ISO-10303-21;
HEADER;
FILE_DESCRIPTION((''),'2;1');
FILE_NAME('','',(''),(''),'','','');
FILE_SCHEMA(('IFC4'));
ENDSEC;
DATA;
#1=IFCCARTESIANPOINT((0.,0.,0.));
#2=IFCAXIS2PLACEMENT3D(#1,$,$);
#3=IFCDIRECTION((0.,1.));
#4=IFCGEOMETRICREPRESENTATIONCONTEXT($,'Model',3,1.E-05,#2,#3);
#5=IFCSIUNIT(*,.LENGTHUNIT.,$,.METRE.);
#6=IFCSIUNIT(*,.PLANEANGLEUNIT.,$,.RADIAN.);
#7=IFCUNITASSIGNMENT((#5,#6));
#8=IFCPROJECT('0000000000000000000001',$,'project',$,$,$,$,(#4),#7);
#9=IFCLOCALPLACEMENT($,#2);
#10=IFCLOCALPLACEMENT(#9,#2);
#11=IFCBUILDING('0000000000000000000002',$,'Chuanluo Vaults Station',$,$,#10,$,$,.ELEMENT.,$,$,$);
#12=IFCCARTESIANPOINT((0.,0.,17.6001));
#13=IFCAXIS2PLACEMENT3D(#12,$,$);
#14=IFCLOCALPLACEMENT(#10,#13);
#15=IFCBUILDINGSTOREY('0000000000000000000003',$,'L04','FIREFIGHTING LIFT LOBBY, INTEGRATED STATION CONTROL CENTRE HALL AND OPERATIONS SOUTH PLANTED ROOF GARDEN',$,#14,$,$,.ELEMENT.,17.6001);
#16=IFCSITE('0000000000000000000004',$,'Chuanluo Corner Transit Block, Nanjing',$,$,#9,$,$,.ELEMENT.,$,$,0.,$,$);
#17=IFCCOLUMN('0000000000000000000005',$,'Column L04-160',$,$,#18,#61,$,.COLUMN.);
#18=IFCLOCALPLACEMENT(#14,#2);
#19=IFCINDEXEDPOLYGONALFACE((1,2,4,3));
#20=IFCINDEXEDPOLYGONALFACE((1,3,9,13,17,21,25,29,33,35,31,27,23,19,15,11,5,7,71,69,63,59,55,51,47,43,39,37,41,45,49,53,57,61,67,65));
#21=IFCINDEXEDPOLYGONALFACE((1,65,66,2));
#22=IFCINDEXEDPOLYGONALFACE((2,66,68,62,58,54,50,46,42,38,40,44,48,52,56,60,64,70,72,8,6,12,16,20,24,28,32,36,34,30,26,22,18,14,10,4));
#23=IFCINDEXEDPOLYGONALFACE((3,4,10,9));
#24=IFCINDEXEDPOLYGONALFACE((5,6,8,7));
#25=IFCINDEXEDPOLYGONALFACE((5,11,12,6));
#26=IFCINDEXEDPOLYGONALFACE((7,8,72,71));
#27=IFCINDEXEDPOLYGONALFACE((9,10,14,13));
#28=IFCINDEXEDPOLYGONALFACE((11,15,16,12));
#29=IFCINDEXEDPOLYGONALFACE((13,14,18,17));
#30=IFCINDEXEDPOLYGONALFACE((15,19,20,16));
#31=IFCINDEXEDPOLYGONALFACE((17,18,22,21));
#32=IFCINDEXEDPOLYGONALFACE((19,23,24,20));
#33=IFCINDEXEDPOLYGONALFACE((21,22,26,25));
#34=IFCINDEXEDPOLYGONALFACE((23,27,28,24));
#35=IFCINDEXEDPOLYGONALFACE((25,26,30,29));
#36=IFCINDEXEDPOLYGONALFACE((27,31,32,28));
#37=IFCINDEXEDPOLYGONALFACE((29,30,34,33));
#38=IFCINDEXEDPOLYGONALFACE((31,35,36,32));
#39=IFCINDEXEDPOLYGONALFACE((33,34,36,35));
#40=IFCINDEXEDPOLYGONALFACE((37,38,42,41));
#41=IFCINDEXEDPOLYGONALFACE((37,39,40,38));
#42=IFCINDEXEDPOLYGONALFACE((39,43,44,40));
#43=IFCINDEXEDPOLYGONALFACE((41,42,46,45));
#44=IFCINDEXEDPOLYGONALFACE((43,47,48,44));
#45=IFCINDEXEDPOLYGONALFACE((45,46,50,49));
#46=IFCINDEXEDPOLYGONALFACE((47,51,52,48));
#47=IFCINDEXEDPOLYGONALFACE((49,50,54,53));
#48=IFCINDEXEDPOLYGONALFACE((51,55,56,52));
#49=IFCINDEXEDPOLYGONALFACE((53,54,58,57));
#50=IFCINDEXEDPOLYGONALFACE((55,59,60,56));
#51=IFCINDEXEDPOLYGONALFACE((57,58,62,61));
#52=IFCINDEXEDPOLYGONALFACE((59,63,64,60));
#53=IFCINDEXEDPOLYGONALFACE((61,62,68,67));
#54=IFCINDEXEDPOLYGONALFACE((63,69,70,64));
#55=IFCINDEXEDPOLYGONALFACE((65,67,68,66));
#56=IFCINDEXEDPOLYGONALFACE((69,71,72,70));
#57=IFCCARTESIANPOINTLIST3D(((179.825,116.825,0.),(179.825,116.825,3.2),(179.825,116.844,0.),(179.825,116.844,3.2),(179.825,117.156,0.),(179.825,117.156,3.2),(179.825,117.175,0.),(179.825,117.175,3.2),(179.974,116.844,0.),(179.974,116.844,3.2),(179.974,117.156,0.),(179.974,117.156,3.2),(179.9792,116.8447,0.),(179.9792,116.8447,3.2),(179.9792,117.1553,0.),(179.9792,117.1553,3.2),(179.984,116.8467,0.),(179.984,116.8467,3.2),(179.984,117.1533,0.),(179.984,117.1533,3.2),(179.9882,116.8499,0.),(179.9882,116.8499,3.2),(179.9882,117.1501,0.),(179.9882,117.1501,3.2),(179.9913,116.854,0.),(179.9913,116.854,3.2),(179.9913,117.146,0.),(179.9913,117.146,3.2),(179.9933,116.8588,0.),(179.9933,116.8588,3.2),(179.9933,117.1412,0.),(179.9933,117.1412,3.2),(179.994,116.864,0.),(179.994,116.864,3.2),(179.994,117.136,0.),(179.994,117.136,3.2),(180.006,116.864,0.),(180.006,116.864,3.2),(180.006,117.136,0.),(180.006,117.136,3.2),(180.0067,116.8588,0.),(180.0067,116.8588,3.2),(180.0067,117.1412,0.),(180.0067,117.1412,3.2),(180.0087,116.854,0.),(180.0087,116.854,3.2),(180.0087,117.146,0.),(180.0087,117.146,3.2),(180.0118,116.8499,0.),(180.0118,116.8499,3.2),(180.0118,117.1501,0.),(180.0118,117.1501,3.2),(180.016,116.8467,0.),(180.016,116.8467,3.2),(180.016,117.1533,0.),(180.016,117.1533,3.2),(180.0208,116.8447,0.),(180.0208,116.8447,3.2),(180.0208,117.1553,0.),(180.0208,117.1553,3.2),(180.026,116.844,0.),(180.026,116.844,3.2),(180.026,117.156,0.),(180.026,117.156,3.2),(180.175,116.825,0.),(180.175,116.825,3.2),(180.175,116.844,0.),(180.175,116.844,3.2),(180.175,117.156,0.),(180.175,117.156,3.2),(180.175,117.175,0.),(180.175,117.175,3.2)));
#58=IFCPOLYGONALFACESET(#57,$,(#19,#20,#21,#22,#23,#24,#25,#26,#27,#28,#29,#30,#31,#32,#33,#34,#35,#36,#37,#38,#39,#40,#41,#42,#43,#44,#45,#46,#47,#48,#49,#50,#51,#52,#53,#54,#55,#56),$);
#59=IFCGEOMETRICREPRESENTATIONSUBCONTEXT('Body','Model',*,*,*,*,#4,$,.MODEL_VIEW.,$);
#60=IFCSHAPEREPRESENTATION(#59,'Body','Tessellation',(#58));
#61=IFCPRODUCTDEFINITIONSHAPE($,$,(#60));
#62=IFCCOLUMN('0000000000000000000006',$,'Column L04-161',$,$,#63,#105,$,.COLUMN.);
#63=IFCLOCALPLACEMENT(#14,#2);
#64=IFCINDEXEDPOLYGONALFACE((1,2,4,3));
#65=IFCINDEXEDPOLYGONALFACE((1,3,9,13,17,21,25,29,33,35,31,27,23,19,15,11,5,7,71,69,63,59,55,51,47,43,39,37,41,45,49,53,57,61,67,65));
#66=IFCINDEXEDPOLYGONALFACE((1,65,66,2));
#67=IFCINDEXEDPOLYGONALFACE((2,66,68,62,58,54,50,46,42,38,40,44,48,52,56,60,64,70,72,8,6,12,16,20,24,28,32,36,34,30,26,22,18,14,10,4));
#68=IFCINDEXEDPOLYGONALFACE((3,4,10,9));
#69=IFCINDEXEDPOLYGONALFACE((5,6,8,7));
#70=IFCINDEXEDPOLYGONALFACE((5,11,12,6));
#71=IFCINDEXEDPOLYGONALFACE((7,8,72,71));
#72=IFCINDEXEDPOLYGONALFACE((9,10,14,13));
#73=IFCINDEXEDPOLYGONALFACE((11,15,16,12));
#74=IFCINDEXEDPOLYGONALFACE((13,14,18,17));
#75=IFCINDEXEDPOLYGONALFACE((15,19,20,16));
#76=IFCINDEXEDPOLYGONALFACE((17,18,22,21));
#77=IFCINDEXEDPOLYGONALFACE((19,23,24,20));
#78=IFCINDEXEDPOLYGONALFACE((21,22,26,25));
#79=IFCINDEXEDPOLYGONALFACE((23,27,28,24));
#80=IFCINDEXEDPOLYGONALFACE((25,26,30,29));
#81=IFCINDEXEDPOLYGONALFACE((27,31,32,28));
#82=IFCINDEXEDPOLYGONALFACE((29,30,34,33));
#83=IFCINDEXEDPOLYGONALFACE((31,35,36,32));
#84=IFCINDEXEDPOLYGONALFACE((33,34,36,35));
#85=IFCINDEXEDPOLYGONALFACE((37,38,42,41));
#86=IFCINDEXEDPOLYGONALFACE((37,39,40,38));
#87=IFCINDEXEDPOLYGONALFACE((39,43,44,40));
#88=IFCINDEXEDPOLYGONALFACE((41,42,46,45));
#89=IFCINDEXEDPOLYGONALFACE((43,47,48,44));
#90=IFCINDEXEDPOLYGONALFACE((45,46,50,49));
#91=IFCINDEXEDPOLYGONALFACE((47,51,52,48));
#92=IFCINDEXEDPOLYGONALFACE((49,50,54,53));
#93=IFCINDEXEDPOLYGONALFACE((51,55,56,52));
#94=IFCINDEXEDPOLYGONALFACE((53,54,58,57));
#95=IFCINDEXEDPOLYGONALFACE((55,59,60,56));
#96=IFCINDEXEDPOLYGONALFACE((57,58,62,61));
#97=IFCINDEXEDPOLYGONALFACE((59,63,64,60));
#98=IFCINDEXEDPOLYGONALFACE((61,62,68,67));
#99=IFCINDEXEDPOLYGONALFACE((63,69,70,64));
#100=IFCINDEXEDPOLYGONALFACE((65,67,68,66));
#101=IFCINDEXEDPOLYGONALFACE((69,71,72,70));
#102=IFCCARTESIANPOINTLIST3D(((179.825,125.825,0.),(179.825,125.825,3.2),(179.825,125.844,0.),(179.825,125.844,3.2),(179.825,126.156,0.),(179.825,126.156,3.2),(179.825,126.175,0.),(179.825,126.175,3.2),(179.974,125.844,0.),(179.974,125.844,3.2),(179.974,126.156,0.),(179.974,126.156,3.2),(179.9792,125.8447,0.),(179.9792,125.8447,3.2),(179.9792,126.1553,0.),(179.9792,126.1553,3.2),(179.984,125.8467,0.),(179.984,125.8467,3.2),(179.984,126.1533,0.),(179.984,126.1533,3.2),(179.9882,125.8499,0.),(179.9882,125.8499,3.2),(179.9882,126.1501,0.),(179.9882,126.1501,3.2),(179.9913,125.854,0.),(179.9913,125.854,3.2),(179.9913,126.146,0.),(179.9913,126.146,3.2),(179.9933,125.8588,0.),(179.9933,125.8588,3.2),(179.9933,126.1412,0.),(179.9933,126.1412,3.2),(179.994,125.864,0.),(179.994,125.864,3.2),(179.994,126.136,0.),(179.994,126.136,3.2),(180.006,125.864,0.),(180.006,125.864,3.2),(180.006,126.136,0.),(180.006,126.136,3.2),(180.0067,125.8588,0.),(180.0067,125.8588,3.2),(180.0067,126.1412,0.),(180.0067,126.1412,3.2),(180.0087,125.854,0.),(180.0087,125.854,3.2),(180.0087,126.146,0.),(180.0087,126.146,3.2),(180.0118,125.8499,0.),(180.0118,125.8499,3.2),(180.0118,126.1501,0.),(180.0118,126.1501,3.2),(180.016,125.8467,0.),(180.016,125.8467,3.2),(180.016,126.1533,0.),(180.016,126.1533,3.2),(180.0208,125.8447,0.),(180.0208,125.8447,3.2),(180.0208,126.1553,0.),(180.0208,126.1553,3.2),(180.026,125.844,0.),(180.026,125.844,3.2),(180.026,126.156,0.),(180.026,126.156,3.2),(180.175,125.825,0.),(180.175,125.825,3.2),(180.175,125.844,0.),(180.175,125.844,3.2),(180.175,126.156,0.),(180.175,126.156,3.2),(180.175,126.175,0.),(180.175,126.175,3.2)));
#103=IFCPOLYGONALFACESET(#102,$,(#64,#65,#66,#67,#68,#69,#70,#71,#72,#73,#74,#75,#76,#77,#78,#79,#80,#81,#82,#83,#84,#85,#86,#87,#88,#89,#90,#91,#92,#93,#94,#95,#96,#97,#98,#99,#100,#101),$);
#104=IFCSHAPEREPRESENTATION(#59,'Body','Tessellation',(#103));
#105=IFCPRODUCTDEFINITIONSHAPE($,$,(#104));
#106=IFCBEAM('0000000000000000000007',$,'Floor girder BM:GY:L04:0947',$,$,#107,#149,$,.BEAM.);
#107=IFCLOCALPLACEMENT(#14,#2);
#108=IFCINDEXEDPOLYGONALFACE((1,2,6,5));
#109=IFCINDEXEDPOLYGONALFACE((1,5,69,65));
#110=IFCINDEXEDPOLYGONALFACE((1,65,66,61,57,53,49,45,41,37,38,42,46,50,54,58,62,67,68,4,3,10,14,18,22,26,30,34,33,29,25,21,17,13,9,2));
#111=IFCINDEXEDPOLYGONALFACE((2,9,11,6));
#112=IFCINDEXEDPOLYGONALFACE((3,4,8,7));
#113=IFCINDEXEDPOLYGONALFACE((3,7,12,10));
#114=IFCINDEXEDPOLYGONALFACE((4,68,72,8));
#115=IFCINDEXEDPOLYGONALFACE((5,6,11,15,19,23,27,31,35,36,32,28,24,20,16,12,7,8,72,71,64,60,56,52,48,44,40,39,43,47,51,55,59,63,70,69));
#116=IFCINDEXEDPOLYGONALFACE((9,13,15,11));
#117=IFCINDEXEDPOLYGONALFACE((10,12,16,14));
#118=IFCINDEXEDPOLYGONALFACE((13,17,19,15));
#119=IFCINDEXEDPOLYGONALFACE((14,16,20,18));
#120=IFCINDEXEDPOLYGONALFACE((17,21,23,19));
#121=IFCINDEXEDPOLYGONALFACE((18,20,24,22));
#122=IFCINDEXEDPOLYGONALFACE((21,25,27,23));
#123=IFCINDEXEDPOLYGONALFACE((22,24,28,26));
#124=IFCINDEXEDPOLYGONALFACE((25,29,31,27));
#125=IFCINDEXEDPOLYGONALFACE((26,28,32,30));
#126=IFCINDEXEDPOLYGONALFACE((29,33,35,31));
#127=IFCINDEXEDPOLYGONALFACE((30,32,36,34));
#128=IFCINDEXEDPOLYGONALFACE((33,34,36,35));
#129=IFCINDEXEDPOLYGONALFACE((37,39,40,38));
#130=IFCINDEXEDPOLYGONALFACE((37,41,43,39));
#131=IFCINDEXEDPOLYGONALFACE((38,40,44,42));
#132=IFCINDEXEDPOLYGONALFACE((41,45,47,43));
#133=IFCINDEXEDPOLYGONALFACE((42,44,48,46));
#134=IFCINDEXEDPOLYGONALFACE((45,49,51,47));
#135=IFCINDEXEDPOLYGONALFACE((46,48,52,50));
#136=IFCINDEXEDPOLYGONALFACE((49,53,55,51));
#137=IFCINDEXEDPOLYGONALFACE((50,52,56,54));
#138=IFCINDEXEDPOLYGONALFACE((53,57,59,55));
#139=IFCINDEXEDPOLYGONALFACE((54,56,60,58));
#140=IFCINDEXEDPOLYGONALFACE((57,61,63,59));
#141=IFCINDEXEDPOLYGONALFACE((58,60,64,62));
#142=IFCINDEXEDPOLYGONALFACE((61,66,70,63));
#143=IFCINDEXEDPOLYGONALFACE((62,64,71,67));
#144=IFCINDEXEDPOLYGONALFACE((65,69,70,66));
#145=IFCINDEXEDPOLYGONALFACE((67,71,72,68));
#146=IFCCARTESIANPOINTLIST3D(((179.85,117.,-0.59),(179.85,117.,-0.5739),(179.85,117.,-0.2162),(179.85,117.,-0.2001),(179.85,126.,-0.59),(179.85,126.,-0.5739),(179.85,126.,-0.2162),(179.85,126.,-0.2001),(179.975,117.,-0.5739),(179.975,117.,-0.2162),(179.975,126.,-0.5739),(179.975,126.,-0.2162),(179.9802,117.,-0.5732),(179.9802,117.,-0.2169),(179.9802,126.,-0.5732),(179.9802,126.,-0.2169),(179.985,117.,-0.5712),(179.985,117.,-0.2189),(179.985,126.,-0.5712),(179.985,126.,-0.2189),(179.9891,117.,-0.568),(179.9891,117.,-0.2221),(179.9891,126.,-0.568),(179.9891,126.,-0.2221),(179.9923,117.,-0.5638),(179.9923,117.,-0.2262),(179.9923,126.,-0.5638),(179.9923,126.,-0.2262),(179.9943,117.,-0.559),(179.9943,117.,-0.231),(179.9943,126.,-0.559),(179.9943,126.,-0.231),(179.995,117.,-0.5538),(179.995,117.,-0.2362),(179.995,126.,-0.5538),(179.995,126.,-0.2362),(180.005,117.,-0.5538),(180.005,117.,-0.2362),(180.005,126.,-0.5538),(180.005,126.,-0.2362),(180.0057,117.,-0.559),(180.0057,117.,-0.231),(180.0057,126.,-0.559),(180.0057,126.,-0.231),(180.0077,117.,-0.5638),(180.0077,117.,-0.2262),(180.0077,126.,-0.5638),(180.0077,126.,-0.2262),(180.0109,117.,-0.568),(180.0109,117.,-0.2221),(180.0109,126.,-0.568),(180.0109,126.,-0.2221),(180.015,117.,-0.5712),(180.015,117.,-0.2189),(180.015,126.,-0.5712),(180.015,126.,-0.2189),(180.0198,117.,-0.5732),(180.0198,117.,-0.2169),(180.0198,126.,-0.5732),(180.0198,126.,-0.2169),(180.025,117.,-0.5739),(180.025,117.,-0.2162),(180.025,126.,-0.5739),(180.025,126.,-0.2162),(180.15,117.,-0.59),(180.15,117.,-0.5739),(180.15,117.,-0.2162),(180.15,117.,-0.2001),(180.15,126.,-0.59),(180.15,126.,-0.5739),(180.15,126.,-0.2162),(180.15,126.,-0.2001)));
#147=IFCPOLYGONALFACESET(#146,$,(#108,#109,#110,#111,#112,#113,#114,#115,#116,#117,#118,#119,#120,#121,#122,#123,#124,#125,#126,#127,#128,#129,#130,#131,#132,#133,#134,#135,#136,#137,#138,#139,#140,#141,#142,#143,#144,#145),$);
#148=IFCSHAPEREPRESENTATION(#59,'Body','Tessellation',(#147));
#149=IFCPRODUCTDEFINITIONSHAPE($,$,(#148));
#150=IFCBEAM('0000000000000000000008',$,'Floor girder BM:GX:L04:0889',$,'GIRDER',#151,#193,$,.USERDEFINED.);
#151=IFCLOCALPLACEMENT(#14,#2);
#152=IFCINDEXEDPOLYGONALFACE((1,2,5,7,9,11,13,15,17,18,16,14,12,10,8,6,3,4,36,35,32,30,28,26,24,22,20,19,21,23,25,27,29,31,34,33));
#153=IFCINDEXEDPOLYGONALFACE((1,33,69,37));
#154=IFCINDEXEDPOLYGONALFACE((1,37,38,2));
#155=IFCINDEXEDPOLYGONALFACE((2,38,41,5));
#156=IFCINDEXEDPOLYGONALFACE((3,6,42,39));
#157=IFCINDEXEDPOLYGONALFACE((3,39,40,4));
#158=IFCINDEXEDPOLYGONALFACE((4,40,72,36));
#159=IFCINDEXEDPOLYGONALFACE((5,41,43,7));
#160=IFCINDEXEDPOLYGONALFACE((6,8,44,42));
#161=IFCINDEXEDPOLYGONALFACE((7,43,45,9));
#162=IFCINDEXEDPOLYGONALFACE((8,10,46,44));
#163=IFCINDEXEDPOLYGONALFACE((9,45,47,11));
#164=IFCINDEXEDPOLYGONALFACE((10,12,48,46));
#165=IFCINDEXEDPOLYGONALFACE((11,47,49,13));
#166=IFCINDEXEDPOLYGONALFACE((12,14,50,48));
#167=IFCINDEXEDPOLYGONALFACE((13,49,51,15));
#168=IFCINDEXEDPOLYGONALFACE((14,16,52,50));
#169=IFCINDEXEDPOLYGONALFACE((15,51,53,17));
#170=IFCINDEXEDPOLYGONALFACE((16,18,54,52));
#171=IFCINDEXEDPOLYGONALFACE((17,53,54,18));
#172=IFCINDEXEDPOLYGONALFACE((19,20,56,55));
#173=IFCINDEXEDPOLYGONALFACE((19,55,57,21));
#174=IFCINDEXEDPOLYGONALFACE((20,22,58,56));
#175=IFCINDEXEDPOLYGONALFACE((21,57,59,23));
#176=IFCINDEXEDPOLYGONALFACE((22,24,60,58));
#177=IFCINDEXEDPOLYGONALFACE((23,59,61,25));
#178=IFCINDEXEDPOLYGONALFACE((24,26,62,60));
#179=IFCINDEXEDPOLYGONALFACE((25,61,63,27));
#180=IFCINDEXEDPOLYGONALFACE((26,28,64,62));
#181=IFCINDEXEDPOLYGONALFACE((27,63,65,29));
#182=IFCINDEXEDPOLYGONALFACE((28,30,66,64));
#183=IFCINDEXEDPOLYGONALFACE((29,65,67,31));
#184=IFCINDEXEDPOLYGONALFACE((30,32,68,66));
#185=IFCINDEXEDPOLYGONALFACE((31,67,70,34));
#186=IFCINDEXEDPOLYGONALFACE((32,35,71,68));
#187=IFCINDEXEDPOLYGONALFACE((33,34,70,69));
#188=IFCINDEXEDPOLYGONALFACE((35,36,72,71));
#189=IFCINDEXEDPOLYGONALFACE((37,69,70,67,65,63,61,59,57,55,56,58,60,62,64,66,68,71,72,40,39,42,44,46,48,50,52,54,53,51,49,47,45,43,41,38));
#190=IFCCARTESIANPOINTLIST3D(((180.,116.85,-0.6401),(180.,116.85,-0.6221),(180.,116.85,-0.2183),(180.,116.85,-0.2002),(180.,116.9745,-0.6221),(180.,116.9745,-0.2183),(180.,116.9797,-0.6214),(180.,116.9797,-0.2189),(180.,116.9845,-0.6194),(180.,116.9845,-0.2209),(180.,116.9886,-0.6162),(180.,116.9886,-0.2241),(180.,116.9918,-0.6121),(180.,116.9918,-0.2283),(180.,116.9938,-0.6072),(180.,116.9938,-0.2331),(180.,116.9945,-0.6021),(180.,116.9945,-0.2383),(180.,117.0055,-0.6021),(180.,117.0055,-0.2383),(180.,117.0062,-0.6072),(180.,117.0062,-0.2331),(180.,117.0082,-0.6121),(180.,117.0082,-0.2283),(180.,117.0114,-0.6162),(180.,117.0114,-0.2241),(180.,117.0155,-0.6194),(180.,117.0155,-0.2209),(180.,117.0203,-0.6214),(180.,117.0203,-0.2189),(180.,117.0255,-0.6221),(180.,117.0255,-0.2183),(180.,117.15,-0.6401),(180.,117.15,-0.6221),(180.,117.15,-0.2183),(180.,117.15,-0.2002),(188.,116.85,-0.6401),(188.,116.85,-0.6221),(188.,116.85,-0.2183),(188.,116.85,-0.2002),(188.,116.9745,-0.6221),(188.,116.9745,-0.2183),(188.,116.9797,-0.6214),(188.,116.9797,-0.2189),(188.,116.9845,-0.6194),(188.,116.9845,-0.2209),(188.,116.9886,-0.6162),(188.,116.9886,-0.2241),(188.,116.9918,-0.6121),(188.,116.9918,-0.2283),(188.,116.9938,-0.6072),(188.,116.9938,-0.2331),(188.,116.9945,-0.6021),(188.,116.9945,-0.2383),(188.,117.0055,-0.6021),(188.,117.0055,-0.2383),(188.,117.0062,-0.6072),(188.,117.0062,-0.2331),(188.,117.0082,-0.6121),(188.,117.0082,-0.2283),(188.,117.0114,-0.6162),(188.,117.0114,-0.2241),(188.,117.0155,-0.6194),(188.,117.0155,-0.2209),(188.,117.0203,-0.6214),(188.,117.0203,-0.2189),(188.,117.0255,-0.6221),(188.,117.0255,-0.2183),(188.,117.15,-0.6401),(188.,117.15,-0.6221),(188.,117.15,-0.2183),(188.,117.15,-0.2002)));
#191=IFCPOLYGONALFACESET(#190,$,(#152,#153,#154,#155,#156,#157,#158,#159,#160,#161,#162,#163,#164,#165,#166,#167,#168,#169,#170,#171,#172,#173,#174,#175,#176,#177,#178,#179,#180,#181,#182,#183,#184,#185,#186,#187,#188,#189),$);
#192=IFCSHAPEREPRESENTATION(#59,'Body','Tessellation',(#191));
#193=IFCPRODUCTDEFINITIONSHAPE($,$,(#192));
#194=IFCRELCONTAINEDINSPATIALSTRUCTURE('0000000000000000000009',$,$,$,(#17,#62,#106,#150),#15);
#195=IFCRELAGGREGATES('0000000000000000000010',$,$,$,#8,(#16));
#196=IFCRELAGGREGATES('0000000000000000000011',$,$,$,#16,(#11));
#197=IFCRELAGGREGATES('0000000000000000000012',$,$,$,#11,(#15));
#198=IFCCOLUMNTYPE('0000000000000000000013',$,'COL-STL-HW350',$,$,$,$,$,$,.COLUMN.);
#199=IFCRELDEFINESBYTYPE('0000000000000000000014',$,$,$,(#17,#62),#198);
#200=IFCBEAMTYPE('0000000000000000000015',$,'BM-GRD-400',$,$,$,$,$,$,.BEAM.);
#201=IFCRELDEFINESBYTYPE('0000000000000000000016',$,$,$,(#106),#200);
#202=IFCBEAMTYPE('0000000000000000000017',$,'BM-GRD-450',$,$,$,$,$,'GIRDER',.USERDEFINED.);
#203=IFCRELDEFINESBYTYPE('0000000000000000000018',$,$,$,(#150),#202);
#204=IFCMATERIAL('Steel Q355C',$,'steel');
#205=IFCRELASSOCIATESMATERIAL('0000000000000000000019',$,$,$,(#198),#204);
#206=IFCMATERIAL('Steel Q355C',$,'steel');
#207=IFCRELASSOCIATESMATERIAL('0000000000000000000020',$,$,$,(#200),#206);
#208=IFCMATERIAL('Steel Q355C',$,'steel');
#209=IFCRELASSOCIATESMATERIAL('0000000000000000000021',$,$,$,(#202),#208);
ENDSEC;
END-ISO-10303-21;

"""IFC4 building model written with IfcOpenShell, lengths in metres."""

from ifc_helpers import new_model, si_unit, direction, frame, origin, origin_2d, place, context, subcontext, project, spatial, i_section, extrude, material, material_profile, profile_set, type_object, element, save


model = new_model("IFC4")

# Units and contexts
model_context = context("Model", 3, precision=1e-05, world=origin(), true_north=direction((0.0, 1.0)))
body_context = subcontext(model_context, "Body", "Model", "MODEL_VIEW")
ifc_project = project(units=[si_unit("LENGTHUNIT", "METRE"), si_unit("PLANEANGLEUNIT", "RADIAN")], contexts=[model_context])

# Site, building, storey
site_placement = place(None, origin())
site = spatial("IfcSite", under=ifc_project, at=site_placement, Name="Chuanluo Corner Transit Block, Nanjing", CompositionType="ELEMENT", RefElevation=0.0)
building_placement = place(site_placement, origin())
building = spatial("IfcBuilding", under=site, at=building_placement, Name="Chuanluo Vaults Station", CompositionType="ELEMENT")
storey_placement = place(building_placement, frame((0.0, 0.0, 17.6001)))
storey = spatial("IfcBuildingStorey", under=building, at=storey_placement, Name="L04", Description="FIREFIGHTING LIFT LOBBY, INTEGRATED STATION CONTROL CENTRE HALL AND OPERATIONS SOUTH PLANTED ROOF GARDEN", CompositionType="ELEMENT", Elevation=17.6001)

# Columns
ifc_material_1 = material(Name="Steel Q355C", Category="steel")
ifc_material_profile_1 = material_profile(ifc_material_1, i_section(OverallWidth=0.3501, OverallDepth=0.3501, WebThickness=0.012, FlangeThickness=0.019, FilletRadius=0.02, at=origin_2d()))
ifc_profile_set_1 = profile_set([ifc_material_profile_1], Name="Steel Q355C")
column_type = type_object("IfcColumnType", Name="COL-STL-HW350", PredefinedType="COLUMN", material=ifc_profile_set_1)
for number, where, z_axis, x_axis, name in (
    (1, (180.0, 117.0, 0.0), (0.0, 0.0, 1.0), (1.0, 0.0, 0.0), "Column L04-160"),
    (2, (180.0, 126.0, 0.0), (0.0, 0.0, 1.0), (1.0, 0.0, 0.0), "Column L04-161"),
):
    element("IfcColumn", number, at=place(storey_placement, frame(where, z_axis=z_axis, x_axis=x_axis)), inside=storey, type_object=column_type, Name=name, PredefinedType="COLUMN", context=body_context, shape_type="SweptSolid", body=[
        extrude(i_section(OverallWidth=0.3501, OverallDepth=0.3501, WebThickness=0.012, FlangeThickness=0.019, FilletRadius=0.02, at=origin_2d()), origin(), (0.0, 0.0, 1.0), 3.2),
    ])

# Beams
ifc_material_2 = material(Name="Steel Q355C", Category="steel")
ifc_material_profile_2 = material_profile(ifc_material_2, i_section(OverallWidth=0.3, OverallDepth=0.3899, WebThickness=0.01, FlangeThickness=0.0161, FilletRadius=0.02, at=origin_2d()))
ifc_profile_set_2 = profile_set([ifc_material_profile_2], Name="Steel Q355C")
beam_type_1 = type_object("IfcBeamType", Name="BM-GRD-400", PredefinedType="BEAM", material=ifc_profile_set_2)
beam_1_placement = place(storey_placement, frame((180.0, 117.0, -0.395), z_axis=(0.0, 1.0, 0.0), x_axis=(-1.0, 0.0, 0.0)))
element("IfcBeam", 3, at=beam_1_placement, inside=storey, type_object=beam_type_1, Name="Floor girder BM:GY:L04:0947", PredefinedType="BEAM", context=body_context, shape_type="SweptSolid", body=[
    extrude(i_section(OverallWidth=0.3, OverallDepth=0.3899, WebThickness=0.01, FlangeThickness=0.0161, FilletRadius=0.02, at=origin_2d()), origin(), (0.0, 0.0, 1.0), 9.0),
])
ifc_material_3 = material(Name="Steel Q355C", Category="steel")
ifc_material_profile_3 = material_profile(ifc_material_3, i_section(OverallWidth=0.3, OverallDepth=0.4399, WebThickness=0.011, FlangeThickness=0.0181, FilletRadius=0.02, at=origin_2d()))
ifc_profile_set_3 = profile_set([ifc_material_profile_3], Name="Steel Q355C")
beam_type_2 = type_object("IfcBeamType", Name="BM-GRD-450", ElementType="GIRDER", PredefinedType="USERDEFINED", material=ifc_profile_set_3)
beam_2_placement = place(storey_placement, frame((180.0, 117.0, -0.4202), z_axis=(1.0, 0.0, 0.0), x_axis=(0.0, 1.0, 0.0)))
element("IfcBeam", 4, at=beam_2_placement, inside=storey, type_object=beam_type_2, Name="Floor girder BM:GX:L04:0889", ObjectType="GIRDER", PredefinedType="USERDEFINED", context=body_context, shape_type="SweptSolid", body=[
    extrude(i_section(OverallWidth=0.3, OverallDepth=0.4399, WebThickness=0.011, FlangeThickness=0.0181, FilletRadius=0.02, at=origin_2d()), origin(), (0.0, 0.0, 1.0), 8.0),
])

save(model, "model.ifc")
